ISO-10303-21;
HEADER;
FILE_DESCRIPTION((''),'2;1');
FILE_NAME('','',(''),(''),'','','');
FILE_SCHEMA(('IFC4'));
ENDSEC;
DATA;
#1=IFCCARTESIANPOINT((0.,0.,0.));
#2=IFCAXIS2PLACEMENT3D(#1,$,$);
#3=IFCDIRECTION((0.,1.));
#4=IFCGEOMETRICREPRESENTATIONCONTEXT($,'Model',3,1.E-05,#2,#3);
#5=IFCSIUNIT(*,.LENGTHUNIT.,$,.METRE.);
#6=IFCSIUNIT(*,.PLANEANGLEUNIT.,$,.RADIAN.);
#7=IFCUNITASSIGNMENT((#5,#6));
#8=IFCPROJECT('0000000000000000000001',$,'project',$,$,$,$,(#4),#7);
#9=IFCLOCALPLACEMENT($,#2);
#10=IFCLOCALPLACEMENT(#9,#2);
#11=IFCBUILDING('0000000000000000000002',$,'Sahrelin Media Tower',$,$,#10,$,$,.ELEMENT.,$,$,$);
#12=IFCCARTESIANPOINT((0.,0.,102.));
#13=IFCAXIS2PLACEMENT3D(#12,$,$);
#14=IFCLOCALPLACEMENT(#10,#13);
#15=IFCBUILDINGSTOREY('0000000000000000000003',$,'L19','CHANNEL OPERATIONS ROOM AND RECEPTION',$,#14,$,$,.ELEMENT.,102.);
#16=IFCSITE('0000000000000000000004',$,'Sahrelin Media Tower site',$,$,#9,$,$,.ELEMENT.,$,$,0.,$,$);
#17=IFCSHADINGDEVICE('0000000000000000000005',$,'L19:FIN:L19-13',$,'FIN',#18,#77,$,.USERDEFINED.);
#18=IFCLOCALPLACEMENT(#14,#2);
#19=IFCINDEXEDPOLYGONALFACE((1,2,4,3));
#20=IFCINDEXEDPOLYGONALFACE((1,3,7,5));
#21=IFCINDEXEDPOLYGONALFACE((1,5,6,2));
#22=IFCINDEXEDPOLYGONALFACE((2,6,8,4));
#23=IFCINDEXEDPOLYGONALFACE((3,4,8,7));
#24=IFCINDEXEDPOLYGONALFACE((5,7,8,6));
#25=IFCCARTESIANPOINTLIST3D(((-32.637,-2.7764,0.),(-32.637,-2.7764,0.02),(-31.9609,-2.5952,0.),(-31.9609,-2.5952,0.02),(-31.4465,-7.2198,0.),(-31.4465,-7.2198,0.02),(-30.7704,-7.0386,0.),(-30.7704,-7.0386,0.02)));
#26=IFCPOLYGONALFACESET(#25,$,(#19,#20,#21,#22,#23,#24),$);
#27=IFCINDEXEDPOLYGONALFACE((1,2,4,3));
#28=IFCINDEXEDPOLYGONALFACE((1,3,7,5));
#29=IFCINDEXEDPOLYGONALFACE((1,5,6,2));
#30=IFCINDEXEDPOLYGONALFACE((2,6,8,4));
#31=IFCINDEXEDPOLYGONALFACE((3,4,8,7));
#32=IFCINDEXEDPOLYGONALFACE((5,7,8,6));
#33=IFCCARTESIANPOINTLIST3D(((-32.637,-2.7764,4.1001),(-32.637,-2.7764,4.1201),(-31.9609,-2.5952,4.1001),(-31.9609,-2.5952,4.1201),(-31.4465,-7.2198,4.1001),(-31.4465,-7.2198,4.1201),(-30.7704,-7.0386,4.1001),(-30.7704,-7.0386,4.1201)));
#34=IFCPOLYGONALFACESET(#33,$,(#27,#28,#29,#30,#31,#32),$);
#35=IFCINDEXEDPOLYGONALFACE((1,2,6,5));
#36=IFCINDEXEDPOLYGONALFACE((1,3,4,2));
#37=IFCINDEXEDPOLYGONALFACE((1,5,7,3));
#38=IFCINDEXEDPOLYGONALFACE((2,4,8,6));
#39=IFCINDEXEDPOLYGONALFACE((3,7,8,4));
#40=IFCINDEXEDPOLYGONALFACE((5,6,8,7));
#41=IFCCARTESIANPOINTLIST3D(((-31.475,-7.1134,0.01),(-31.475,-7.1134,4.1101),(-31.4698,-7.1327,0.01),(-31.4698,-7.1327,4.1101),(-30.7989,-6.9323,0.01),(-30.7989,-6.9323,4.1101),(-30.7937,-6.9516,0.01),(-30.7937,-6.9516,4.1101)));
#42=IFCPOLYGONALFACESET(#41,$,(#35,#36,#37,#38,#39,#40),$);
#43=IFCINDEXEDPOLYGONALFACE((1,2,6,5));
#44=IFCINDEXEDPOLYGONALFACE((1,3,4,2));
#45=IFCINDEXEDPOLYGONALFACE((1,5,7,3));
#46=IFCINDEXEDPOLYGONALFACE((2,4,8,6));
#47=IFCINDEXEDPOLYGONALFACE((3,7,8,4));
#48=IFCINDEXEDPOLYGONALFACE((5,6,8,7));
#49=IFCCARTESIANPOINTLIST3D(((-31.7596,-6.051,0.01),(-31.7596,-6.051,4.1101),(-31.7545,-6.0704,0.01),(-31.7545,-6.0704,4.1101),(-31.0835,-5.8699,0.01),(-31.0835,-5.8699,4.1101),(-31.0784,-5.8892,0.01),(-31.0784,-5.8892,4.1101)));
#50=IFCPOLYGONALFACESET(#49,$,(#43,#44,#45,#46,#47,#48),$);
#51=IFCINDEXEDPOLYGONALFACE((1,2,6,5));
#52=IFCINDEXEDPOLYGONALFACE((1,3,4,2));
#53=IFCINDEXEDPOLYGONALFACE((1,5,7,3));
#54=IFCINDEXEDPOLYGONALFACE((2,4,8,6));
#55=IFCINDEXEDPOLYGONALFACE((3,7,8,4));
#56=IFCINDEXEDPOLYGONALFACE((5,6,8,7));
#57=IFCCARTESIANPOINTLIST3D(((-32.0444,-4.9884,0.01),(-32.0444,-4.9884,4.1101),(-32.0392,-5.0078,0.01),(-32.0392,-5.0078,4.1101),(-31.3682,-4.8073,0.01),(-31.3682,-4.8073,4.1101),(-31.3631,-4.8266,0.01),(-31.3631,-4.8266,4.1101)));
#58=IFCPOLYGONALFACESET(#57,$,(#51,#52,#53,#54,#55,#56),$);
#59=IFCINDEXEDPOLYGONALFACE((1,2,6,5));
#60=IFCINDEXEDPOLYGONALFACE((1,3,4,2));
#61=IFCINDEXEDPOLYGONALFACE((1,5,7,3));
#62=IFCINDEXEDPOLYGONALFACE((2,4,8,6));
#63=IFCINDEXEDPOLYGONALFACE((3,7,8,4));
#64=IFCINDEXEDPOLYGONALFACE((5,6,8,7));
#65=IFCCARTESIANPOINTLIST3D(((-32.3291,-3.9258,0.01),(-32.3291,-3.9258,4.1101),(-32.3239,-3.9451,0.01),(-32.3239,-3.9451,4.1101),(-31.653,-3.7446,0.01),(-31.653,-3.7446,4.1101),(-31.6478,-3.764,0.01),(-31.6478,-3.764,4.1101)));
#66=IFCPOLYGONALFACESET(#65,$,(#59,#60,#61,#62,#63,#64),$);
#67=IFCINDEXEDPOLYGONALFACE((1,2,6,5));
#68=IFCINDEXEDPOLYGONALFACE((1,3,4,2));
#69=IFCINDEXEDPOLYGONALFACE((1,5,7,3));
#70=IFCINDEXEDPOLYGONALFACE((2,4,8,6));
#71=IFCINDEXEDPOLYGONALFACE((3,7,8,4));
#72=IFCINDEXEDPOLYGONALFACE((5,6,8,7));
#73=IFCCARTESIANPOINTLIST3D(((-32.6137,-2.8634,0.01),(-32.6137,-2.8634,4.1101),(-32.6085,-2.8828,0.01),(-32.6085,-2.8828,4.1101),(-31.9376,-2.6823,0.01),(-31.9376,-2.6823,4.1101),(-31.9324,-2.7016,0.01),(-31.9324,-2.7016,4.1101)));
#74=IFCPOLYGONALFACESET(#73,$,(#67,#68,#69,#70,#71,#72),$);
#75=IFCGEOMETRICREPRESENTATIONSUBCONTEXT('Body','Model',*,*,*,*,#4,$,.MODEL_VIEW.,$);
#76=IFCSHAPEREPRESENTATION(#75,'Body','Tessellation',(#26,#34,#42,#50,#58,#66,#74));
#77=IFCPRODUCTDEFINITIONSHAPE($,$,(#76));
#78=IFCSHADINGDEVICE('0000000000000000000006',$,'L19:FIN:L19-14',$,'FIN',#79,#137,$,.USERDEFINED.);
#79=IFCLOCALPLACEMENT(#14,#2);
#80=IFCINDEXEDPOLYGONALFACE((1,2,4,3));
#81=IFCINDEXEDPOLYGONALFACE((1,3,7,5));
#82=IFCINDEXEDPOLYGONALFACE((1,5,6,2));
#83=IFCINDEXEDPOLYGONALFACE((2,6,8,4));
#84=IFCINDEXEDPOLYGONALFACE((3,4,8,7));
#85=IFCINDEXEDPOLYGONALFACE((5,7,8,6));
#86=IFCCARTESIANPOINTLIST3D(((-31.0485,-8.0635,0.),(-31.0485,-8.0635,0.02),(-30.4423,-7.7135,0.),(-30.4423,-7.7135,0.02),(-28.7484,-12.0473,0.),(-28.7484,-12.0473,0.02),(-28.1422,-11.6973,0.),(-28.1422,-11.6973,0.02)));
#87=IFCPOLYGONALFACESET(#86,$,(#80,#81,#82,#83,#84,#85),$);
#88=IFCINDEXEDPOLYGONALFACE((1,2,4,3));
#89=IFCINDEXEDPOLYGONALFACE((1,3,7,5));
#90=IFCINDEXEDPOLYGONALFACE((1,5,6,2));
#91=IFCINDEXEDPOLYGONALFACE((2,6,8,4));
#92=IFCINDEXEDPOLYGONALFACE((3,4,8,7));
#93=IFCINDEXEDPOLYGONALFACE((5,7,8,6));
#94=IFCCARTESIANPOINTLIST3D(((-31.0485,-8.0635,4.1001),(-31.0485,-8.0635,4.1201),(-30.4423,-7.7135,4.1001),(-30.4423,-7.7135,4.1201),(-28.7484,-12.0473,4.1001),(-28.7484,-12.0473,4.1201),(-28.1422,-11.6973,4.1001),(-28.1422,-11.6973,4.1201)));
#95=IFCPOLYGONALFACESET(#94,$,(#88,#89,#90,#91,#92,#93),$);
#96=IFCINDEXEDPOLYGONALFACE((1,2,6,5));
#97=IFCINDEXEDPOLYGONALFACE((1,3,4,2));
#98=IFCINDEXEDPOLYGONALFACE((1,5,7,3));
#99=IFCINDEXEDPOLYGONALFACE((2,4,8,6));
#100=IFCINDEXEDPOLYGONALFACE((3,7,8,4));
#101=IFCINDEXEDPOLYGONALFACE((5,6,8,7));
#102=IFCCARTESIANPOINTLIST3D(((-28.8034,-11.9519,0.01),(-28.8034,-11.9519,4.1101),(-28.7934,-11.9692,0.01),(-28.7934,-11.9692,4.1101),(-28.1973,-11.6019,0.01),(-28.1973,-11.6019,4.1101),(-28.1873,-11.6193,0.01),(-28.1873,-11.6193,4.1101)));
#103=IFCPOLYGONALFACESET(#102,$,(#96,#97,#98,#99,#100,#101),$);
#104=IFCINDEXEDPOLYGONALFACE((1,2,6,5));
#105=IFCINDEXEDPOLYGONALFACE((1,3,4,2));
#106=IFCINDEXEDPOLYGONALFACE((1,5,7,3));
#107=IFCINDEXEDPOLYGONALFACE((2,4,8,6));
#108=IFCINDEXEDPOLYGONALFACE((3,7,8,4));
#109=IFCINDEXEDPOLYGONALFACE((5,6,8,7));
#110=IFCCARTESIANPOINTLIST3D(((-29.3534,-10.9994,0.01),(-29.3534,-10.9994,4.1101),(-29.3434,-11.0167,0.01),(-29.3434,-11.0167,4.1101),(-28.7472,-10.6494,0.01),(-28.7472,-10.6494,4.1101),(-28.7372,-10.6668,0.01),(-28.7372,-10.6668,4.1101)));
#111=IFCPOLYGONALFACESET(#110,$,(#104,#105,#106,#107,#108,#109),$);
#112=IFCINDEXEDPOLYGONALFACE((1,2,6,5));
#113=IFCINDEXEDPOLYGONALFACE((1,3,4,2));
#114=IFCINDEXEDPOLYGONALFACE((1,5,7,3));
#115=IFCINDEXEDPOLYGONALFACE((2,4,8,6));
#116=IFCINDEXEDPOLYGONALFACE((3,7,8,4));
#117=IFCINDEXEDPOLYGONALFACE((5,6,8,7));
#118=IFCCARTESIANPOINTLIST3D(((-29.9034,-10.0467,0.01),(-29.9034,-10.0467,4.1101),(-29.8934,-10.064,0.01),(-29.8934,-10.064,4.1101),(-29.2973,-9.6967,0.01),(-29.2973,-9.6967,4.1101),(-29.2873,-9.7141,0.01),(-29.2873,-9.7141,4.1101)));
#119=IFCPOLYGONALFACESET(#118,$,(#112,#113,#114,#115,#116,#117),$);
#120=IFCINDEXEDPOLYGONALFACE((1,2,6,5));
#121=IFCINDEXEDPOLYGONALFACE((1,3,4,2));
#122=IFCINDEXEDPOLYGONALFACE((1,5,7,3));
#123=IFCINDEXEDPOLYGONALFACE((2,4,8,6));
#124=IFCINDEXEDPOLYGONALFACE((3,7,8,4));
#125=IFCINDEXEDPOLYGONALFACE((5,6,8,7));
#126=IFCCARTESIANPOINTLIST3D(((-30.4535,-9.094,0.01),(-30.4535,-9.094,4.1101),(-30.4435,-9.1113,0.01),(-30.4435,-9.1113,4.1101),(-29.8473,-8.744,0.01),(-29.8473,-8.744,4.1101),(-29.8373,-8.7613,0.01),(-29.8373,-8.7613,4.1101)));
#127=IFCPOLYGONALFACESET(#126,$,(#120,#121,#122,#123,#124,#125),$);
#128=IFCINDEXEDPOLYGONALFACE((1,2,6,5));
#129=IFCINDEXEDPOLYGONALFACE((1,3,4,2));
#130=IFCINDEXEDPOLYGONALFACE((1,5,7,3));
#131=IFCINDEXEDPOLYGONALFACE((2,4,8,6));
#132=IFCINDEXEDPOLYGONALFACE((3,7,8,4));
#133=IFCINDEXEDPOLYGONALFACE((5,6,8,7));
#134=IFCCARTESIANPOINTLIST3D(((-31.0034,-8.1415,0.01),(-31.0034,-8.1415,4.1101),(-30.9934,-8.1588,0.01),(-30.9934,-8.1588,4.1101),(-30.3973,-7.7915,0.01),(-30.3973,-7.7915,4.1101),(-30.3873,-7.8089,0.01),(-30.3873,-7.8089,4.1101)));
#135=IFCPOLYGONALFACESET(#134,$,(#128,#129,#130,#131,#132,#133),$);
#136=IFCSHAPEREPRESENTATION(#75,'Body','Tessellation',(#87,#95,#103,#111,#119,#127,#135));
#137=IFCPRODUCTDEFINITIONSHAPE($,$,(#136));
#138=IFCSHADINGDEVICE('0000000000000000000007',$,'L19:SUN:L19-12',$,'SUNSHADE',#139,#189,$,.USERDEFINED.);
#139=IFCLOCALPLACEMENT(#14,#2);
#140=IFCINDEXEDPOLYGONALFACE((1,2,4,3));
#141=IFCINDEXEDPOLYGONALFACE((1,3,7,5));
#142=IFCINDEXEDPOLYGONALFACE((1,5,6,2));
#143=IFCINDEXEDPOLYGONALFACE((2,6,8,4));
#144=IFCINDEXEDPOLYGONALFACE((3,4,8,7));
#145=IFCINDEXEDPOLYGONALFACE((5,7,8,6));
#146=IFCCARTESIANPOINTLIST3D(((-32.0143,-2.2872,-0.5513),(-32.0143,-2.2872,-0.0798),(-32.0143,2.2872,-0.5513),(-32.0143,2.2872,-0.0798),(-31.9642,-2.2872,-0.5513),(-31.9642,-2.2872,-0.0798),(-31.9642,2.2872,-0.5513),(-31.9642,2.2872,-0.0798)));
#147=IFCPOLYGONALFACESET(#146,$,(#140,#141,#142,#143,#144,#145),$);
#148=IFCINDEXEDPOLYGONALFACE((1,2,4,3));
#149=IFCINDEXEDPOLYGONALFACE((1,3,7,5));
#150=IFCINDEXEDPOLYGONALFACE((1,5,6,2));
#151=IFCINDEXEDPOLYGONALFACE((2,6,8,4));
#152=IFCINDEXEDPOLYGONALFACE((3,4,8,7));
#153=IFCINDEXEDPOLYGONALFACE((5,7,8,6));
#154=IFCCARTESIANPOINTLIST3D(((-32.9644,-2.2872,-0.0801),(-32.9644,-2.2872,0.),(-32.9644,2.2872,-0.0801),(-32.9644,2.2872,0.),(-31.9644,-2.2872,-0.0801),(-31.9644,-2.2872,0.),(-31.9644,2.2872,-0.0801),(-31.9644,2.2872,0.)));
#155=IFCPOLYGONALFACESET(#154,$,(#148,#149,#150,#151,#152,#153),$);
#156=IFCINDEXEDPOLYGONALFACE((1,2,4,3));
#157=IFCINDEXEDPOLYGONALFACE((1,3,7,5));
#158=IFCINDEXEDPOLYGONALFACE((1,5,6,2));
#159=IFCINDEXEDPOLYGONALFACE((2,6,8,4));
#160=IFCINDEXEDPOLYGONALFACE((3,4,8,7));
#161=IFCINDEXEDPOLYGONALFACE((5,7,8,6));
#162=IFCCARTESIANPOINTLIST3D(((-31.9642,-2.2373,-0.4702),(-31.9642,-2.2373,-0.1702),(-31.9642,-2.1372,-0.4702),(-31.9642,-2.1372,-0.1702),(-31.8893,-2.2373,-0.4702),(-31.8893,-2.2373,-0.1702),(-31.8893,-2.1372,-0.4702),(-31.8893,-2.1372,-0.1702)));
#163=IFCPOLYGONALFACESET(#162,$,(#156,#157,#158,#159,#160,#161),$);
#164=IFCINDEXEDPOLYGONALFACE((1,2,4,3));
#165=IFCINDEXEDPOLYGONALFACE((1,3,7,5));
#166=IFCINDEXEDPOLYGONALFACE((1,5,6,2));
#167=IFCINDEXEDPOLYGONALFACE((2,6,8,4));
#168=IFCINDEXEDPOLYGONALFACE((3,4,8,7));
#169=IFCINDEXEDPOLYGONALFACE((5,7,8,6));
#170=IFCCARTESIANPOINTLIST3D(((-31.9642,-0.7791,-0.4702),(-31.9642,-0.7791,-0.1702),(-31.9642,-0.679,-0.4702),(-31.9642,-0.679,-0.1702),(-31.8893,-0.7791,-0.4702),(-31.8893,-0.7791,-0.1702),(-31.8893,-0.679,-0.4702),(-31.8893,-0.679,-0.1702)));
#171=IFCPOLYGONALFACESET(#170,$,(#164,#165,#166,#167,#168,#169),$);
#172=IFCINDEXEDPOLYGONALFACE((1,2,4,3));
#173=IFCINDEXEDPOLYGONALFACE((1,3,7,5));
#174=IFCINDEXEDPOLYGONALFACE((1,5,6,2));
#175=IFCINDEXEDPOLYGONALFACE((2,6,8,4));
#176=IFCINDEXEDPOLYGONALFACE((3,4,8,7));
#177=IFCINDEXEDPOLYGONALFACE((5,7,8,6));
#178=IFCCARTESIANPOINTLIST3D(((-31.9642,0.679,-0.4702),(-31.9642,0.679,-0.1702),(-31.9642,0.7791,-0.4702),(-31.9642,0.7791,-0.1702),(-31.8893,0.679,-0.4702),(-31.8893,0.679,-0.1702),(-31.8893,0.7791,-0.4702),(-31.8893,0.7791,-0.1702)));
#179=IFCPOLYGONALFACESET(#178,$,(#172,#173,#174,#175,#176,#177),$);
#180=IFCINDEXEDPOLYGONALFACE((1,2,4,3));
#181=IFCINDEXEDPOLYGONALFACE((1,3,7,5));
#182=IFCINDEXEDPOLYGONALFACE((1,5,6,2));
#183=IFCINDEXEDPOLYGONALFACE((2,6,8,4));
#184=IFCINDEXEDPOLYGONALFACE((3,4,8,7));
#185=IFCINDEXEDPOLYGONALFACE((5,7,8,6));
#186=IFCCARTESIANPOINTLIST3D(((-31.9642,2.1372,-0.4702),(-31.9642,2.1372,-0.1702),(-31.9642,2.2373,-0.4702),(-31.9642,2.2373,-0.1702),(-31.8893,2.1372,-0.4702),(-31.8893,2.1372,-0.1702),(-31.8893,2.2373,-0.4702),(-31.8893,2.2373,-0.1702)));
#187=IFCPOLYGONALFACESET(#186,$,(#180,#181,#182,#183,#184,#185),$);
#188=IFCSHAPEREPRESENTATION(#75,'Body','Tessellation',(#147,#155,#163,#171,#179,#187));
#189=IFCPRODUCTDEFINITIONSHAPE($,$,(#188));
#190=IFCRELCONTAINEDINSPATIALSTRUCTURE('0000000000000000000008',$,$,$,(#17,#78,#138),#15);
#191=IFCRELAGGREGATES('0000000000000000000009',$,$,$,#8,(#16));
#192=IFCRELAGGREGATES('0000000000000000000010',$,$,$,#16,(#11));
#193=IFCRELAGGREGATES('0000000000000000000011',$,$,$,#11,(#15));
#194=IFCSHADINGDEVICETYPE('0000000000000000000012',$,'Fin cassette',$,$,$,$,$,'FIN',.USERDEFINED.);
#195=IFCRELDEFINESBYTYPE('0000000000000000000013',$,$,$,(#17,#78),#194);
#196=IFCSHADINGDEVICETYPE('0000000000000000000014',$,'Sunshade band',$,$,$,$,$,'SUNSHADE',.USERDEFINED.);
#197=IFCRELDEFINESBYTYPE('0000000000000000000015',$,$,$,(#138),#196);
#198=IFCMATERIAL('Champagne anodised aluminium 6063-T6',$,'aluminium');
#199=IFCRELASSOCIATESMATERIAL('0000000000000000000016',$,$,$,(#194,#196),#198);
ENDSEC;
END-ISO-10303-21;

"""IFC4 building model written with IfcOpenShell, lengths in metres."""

from ifc_helpers import new_model, si_unit, direction, frame, origin, origin_2d, place, context, subcontext, project, spatial, rectangle, extrude, material, type_object, element, save


model = new_model("IFC4")

# Units and contexts
model_context = context("Model", 3, precision=1e-05, world=origin(), true_north=direction((0.0, 1.0)))
body_context = subcontext(model_context, "Body", "Model", "MODEL_VIEW")
ifc_project = project(units=[si_unit("LENGTHUNIT", "METRE"), si_unit("PLANEANGLEUNIT", "RADIAN")], contexts=[model_context])

# Site, building, storey
site_placement = place(None, origin())
site = spatial("IfcSite", under=ifc_project, at=site_placement, Name="Sahrelin Media Tower site", CompositionType="ELEMENT", RefElevation=0.0)
building_placement = place(site_placement, origin())
building = spatial("IfcBuilding", under=site, at=building_placement, Name="Sahrelin Media Tower", CompositionType="ELEMENT")
storey_placement = place(building_placement, frame((0.0, 0.0, 102.0)))
storey = spatial("IfcBuildingStorey", under=building, at=storey_placement, Name="L19", Description="CHANNEL OPERATIONS ROOM AND RECEPTION", CompositionType="ELEMENT", Elevation=102.0)

# Shared definitions
ifc_material_1 = material(Name="Champagne anodised aluminium 6063-T6", Category="aluminium")

# Shading devices
shading_device_type_1 = type_object("IfcShadingDeviceType", Name="Fin cassette", ElementType="FIN", PredefinedType="USERDEFINED", material=ifc_material_1)
placement_1 = place(storey_placement, frame((-31.9443, 0.0, 0.0), z_axis=(0.0, 0.0, 1.0), x_axis=(0.0, 1.0, 0.0)))
placement_2 = place(storey_placement, frame((-31.2981, -4.7988, 0.0), z_axis=(0.0, 0.0, 1.0), x_axis=(-0.258808, 0.965929, 0.0)))
element("IfcShadingDevice", 1, at=placement_2, inside=storey, type_object=shading_device_type_1, Name="L19:FIN:L19-13", ObjectType="FIN", PredefinedType="USERDEFINED", context=body_context, shape_type="SweptSolid", body=[
    extrude(rectangle(XDim=4.6001, YDim=0.7, at=origin_2d()), frame((0.0, 0.4199, 0.0)), (0.0, 0.0, 1.0), 0.02),
    extrude(rectangle(XDim=4.6001, YDim=0.7, at=origin_2d()), frame((0.0, 0.4199, 4.1001)), (0.0, 0.0, 1.0), 0.02),
    extrude(rectangle(XDim=0.02, YDim=0.7, at=origin_2d()), frame((-2.2, 0.4199, 0.01), z_axis=(0.0, 0.0, 1.0), x_axis=(1.0, 0.0, 0.0)), (0.0, 0.0, 1.0), 4.1001),
    extrude(rectangle(XDim=0.02, YDim=0.7, at=origin_2d()), frame((-1.1001, 0.4199, 0.01), z_axis=(0.0, 0.0, 1.0), x_axis=(1.0, 0.0, 0.0)), (0.0, 0.0, 1.0), 4.1001),
    extrude(rectangle(XDim=0.02, YDim=0.7, at=origin_2d()), frame((0.0, 0.4199, 0.01), z_axis=(0.0, 0.0, 1.0), x_axis=(1.0, 0.0, 0.0)), (0.0, 0.0, 1.0), 4.1001),
    extrude(rectangle(XDim=0.02, YDim=0.7, at=origin_2d()), frame((1.1001, 0.4199, 0.01), z_axis=(0.0, 0.0, 1.0), x_axis=(1.0, 0.0, 0.0)), (0.0, 0.0, 1.0), 4.1001),
    extrude(rectangle(XDim=0.02, YDim=0.7, at=origin_2d()), frame((2.2, 0.4199, 0.01), z_axis=(0.0, 0.0, 1.0), x_axis=(1.0, 0.0, 0.0)), (0.0, 0.0, 1.0), 4.1001),
])
placement_3 = place(storey_placement, frame((-29.2317, -9.6704, 0.0), z_axis=(0.0, 0.0, 1.0), x_axis=(-0.500011, 0.866019, 0.0)))
element("IfcShadingDevice", 2, at=placement_3, inside=storey, type_object=shading_device_type_1, Name="L19:FIN:L19-14", ObjectType="FIN", PredefinedType="USERDEFINED", context=body_context, shape_type="SweptSolid", body=[
    extrude(rectangle(XDim=4.6001, YDim=0.7, at=origin_2d()), frame((0.0, 0.4199, 0.0)), (0.0, 0.0, 1.0), 0.02),
    extrude(rectangle(XDim=4.6001, YDim=0.7, at=origin_2d()), frame((0.0, 0.4199, 4.1001)), (0.0, 0.0, 1.0), 0.02),
    extrude(rectangle(XDim=0.02, YDim=0.7, at=origin_2d()), frame((-2.2, 0.4199, 0.01), z_axis=(0.0, 0.0, 1.0), x_axis=(1.0, 0.0, 0.0)), (0.0, 0.0, 1.0), 4.1001),
    extrude(rectangle(XDim=0.02, YDim=0.7, at=origin_2d()), frame((-1.1001, 0.4199, 0.01), z_axis=(0.0, 0.0, 1.0), x_axis=(1.0, 0.0, 0.0)), (0.0, 0.0, 1.0), 4.1001),
    extrude(rectangle(XDim=0.02, YDim=0.7, at=origin_2d()), frame((0.0, 0.4199, 0.01), z_axis=(0.0, 0.0, 1.0), x_axis=(1.0, 0.0, 0.0)), (0.0, 0.0, 1.0), 4.1001),
    extrude(rectangle(XDim=0.02, YDim=0.7, at=origin_2d()), frame((1.1001, 0.4199, 0.01), z_axis=(0.0, 0.0, 1.0), x_axis=(1.0, 0.0, 0.0)), (0.0, 0.0, 1.0), 4.1001),
    extrude(rectangle(XDim=0.02, YDim=0.7, at=origin_2d()), frame((2.2, 0.4199, 0.01), z_axis=(0.0, 0.0, 1.0), x_axis=(1.0, 0.0, 0.0)), (0.0, 0.0, 1.0), 4.1001),
])
shading_device_type_2 = type_object("IfcShadingDeviceType", Name="Sunshade band", ElementType="SUNSHADE", PredefinedType="USERDEFINED", material=ifc_material_1)
element("IfcShadingDevice", 3, at=placement_1, inside=storey, type_object=shading_device_type_2, Name="L19:SUN:L19-12", ObjectType="SUNSHADE", PredefinedType="USERDEFINED", context=body_context, shape_type="SweptSolid", body=[
    extrude(rectangle(XDim=4.5745, YDim=0.05, at=origin_2d()), frame((0.0, 0.0449, -0.5513)), (0.0, 0.0, 1.0), 0.4714),
    extrude(rectangle(XDim=4.5745, YDim=1.0, at=origin_2d()), frame((0.0, 0.52, -0.0801)), (0.0, 0.0, 1.0), 0.0801),
    extrude(rectangle(XDim=0.1001, YDim=0.075, at=origin_2d()), frame((-2.1873, -0.0176, -0.4702)), (0.0, 0.0, 1.0), 0.3),
    extrude(rectangle(XDim=0.1001, YDim=0.075, at=origin_2d()), frame((-0.729, -0.0176, -0.4702)), (0.0, 0.0, 1.0), 0.3),
    extrude(rectangle(XDim=0.1001, YDim=0.075, at=origin_2d()), frame((0.729, -0.0176, -0.4702)), (0.0, 0.0, 1.0), 0.3),
    extrude(rectangle(XDim=0.1001, YDim=0.075, at=origin_2d()), frame((2.1873, -0.0176, -0.4702)), (0.0, 0.0, 1.0), 0.3),
])

save(model, "model.ifc")
